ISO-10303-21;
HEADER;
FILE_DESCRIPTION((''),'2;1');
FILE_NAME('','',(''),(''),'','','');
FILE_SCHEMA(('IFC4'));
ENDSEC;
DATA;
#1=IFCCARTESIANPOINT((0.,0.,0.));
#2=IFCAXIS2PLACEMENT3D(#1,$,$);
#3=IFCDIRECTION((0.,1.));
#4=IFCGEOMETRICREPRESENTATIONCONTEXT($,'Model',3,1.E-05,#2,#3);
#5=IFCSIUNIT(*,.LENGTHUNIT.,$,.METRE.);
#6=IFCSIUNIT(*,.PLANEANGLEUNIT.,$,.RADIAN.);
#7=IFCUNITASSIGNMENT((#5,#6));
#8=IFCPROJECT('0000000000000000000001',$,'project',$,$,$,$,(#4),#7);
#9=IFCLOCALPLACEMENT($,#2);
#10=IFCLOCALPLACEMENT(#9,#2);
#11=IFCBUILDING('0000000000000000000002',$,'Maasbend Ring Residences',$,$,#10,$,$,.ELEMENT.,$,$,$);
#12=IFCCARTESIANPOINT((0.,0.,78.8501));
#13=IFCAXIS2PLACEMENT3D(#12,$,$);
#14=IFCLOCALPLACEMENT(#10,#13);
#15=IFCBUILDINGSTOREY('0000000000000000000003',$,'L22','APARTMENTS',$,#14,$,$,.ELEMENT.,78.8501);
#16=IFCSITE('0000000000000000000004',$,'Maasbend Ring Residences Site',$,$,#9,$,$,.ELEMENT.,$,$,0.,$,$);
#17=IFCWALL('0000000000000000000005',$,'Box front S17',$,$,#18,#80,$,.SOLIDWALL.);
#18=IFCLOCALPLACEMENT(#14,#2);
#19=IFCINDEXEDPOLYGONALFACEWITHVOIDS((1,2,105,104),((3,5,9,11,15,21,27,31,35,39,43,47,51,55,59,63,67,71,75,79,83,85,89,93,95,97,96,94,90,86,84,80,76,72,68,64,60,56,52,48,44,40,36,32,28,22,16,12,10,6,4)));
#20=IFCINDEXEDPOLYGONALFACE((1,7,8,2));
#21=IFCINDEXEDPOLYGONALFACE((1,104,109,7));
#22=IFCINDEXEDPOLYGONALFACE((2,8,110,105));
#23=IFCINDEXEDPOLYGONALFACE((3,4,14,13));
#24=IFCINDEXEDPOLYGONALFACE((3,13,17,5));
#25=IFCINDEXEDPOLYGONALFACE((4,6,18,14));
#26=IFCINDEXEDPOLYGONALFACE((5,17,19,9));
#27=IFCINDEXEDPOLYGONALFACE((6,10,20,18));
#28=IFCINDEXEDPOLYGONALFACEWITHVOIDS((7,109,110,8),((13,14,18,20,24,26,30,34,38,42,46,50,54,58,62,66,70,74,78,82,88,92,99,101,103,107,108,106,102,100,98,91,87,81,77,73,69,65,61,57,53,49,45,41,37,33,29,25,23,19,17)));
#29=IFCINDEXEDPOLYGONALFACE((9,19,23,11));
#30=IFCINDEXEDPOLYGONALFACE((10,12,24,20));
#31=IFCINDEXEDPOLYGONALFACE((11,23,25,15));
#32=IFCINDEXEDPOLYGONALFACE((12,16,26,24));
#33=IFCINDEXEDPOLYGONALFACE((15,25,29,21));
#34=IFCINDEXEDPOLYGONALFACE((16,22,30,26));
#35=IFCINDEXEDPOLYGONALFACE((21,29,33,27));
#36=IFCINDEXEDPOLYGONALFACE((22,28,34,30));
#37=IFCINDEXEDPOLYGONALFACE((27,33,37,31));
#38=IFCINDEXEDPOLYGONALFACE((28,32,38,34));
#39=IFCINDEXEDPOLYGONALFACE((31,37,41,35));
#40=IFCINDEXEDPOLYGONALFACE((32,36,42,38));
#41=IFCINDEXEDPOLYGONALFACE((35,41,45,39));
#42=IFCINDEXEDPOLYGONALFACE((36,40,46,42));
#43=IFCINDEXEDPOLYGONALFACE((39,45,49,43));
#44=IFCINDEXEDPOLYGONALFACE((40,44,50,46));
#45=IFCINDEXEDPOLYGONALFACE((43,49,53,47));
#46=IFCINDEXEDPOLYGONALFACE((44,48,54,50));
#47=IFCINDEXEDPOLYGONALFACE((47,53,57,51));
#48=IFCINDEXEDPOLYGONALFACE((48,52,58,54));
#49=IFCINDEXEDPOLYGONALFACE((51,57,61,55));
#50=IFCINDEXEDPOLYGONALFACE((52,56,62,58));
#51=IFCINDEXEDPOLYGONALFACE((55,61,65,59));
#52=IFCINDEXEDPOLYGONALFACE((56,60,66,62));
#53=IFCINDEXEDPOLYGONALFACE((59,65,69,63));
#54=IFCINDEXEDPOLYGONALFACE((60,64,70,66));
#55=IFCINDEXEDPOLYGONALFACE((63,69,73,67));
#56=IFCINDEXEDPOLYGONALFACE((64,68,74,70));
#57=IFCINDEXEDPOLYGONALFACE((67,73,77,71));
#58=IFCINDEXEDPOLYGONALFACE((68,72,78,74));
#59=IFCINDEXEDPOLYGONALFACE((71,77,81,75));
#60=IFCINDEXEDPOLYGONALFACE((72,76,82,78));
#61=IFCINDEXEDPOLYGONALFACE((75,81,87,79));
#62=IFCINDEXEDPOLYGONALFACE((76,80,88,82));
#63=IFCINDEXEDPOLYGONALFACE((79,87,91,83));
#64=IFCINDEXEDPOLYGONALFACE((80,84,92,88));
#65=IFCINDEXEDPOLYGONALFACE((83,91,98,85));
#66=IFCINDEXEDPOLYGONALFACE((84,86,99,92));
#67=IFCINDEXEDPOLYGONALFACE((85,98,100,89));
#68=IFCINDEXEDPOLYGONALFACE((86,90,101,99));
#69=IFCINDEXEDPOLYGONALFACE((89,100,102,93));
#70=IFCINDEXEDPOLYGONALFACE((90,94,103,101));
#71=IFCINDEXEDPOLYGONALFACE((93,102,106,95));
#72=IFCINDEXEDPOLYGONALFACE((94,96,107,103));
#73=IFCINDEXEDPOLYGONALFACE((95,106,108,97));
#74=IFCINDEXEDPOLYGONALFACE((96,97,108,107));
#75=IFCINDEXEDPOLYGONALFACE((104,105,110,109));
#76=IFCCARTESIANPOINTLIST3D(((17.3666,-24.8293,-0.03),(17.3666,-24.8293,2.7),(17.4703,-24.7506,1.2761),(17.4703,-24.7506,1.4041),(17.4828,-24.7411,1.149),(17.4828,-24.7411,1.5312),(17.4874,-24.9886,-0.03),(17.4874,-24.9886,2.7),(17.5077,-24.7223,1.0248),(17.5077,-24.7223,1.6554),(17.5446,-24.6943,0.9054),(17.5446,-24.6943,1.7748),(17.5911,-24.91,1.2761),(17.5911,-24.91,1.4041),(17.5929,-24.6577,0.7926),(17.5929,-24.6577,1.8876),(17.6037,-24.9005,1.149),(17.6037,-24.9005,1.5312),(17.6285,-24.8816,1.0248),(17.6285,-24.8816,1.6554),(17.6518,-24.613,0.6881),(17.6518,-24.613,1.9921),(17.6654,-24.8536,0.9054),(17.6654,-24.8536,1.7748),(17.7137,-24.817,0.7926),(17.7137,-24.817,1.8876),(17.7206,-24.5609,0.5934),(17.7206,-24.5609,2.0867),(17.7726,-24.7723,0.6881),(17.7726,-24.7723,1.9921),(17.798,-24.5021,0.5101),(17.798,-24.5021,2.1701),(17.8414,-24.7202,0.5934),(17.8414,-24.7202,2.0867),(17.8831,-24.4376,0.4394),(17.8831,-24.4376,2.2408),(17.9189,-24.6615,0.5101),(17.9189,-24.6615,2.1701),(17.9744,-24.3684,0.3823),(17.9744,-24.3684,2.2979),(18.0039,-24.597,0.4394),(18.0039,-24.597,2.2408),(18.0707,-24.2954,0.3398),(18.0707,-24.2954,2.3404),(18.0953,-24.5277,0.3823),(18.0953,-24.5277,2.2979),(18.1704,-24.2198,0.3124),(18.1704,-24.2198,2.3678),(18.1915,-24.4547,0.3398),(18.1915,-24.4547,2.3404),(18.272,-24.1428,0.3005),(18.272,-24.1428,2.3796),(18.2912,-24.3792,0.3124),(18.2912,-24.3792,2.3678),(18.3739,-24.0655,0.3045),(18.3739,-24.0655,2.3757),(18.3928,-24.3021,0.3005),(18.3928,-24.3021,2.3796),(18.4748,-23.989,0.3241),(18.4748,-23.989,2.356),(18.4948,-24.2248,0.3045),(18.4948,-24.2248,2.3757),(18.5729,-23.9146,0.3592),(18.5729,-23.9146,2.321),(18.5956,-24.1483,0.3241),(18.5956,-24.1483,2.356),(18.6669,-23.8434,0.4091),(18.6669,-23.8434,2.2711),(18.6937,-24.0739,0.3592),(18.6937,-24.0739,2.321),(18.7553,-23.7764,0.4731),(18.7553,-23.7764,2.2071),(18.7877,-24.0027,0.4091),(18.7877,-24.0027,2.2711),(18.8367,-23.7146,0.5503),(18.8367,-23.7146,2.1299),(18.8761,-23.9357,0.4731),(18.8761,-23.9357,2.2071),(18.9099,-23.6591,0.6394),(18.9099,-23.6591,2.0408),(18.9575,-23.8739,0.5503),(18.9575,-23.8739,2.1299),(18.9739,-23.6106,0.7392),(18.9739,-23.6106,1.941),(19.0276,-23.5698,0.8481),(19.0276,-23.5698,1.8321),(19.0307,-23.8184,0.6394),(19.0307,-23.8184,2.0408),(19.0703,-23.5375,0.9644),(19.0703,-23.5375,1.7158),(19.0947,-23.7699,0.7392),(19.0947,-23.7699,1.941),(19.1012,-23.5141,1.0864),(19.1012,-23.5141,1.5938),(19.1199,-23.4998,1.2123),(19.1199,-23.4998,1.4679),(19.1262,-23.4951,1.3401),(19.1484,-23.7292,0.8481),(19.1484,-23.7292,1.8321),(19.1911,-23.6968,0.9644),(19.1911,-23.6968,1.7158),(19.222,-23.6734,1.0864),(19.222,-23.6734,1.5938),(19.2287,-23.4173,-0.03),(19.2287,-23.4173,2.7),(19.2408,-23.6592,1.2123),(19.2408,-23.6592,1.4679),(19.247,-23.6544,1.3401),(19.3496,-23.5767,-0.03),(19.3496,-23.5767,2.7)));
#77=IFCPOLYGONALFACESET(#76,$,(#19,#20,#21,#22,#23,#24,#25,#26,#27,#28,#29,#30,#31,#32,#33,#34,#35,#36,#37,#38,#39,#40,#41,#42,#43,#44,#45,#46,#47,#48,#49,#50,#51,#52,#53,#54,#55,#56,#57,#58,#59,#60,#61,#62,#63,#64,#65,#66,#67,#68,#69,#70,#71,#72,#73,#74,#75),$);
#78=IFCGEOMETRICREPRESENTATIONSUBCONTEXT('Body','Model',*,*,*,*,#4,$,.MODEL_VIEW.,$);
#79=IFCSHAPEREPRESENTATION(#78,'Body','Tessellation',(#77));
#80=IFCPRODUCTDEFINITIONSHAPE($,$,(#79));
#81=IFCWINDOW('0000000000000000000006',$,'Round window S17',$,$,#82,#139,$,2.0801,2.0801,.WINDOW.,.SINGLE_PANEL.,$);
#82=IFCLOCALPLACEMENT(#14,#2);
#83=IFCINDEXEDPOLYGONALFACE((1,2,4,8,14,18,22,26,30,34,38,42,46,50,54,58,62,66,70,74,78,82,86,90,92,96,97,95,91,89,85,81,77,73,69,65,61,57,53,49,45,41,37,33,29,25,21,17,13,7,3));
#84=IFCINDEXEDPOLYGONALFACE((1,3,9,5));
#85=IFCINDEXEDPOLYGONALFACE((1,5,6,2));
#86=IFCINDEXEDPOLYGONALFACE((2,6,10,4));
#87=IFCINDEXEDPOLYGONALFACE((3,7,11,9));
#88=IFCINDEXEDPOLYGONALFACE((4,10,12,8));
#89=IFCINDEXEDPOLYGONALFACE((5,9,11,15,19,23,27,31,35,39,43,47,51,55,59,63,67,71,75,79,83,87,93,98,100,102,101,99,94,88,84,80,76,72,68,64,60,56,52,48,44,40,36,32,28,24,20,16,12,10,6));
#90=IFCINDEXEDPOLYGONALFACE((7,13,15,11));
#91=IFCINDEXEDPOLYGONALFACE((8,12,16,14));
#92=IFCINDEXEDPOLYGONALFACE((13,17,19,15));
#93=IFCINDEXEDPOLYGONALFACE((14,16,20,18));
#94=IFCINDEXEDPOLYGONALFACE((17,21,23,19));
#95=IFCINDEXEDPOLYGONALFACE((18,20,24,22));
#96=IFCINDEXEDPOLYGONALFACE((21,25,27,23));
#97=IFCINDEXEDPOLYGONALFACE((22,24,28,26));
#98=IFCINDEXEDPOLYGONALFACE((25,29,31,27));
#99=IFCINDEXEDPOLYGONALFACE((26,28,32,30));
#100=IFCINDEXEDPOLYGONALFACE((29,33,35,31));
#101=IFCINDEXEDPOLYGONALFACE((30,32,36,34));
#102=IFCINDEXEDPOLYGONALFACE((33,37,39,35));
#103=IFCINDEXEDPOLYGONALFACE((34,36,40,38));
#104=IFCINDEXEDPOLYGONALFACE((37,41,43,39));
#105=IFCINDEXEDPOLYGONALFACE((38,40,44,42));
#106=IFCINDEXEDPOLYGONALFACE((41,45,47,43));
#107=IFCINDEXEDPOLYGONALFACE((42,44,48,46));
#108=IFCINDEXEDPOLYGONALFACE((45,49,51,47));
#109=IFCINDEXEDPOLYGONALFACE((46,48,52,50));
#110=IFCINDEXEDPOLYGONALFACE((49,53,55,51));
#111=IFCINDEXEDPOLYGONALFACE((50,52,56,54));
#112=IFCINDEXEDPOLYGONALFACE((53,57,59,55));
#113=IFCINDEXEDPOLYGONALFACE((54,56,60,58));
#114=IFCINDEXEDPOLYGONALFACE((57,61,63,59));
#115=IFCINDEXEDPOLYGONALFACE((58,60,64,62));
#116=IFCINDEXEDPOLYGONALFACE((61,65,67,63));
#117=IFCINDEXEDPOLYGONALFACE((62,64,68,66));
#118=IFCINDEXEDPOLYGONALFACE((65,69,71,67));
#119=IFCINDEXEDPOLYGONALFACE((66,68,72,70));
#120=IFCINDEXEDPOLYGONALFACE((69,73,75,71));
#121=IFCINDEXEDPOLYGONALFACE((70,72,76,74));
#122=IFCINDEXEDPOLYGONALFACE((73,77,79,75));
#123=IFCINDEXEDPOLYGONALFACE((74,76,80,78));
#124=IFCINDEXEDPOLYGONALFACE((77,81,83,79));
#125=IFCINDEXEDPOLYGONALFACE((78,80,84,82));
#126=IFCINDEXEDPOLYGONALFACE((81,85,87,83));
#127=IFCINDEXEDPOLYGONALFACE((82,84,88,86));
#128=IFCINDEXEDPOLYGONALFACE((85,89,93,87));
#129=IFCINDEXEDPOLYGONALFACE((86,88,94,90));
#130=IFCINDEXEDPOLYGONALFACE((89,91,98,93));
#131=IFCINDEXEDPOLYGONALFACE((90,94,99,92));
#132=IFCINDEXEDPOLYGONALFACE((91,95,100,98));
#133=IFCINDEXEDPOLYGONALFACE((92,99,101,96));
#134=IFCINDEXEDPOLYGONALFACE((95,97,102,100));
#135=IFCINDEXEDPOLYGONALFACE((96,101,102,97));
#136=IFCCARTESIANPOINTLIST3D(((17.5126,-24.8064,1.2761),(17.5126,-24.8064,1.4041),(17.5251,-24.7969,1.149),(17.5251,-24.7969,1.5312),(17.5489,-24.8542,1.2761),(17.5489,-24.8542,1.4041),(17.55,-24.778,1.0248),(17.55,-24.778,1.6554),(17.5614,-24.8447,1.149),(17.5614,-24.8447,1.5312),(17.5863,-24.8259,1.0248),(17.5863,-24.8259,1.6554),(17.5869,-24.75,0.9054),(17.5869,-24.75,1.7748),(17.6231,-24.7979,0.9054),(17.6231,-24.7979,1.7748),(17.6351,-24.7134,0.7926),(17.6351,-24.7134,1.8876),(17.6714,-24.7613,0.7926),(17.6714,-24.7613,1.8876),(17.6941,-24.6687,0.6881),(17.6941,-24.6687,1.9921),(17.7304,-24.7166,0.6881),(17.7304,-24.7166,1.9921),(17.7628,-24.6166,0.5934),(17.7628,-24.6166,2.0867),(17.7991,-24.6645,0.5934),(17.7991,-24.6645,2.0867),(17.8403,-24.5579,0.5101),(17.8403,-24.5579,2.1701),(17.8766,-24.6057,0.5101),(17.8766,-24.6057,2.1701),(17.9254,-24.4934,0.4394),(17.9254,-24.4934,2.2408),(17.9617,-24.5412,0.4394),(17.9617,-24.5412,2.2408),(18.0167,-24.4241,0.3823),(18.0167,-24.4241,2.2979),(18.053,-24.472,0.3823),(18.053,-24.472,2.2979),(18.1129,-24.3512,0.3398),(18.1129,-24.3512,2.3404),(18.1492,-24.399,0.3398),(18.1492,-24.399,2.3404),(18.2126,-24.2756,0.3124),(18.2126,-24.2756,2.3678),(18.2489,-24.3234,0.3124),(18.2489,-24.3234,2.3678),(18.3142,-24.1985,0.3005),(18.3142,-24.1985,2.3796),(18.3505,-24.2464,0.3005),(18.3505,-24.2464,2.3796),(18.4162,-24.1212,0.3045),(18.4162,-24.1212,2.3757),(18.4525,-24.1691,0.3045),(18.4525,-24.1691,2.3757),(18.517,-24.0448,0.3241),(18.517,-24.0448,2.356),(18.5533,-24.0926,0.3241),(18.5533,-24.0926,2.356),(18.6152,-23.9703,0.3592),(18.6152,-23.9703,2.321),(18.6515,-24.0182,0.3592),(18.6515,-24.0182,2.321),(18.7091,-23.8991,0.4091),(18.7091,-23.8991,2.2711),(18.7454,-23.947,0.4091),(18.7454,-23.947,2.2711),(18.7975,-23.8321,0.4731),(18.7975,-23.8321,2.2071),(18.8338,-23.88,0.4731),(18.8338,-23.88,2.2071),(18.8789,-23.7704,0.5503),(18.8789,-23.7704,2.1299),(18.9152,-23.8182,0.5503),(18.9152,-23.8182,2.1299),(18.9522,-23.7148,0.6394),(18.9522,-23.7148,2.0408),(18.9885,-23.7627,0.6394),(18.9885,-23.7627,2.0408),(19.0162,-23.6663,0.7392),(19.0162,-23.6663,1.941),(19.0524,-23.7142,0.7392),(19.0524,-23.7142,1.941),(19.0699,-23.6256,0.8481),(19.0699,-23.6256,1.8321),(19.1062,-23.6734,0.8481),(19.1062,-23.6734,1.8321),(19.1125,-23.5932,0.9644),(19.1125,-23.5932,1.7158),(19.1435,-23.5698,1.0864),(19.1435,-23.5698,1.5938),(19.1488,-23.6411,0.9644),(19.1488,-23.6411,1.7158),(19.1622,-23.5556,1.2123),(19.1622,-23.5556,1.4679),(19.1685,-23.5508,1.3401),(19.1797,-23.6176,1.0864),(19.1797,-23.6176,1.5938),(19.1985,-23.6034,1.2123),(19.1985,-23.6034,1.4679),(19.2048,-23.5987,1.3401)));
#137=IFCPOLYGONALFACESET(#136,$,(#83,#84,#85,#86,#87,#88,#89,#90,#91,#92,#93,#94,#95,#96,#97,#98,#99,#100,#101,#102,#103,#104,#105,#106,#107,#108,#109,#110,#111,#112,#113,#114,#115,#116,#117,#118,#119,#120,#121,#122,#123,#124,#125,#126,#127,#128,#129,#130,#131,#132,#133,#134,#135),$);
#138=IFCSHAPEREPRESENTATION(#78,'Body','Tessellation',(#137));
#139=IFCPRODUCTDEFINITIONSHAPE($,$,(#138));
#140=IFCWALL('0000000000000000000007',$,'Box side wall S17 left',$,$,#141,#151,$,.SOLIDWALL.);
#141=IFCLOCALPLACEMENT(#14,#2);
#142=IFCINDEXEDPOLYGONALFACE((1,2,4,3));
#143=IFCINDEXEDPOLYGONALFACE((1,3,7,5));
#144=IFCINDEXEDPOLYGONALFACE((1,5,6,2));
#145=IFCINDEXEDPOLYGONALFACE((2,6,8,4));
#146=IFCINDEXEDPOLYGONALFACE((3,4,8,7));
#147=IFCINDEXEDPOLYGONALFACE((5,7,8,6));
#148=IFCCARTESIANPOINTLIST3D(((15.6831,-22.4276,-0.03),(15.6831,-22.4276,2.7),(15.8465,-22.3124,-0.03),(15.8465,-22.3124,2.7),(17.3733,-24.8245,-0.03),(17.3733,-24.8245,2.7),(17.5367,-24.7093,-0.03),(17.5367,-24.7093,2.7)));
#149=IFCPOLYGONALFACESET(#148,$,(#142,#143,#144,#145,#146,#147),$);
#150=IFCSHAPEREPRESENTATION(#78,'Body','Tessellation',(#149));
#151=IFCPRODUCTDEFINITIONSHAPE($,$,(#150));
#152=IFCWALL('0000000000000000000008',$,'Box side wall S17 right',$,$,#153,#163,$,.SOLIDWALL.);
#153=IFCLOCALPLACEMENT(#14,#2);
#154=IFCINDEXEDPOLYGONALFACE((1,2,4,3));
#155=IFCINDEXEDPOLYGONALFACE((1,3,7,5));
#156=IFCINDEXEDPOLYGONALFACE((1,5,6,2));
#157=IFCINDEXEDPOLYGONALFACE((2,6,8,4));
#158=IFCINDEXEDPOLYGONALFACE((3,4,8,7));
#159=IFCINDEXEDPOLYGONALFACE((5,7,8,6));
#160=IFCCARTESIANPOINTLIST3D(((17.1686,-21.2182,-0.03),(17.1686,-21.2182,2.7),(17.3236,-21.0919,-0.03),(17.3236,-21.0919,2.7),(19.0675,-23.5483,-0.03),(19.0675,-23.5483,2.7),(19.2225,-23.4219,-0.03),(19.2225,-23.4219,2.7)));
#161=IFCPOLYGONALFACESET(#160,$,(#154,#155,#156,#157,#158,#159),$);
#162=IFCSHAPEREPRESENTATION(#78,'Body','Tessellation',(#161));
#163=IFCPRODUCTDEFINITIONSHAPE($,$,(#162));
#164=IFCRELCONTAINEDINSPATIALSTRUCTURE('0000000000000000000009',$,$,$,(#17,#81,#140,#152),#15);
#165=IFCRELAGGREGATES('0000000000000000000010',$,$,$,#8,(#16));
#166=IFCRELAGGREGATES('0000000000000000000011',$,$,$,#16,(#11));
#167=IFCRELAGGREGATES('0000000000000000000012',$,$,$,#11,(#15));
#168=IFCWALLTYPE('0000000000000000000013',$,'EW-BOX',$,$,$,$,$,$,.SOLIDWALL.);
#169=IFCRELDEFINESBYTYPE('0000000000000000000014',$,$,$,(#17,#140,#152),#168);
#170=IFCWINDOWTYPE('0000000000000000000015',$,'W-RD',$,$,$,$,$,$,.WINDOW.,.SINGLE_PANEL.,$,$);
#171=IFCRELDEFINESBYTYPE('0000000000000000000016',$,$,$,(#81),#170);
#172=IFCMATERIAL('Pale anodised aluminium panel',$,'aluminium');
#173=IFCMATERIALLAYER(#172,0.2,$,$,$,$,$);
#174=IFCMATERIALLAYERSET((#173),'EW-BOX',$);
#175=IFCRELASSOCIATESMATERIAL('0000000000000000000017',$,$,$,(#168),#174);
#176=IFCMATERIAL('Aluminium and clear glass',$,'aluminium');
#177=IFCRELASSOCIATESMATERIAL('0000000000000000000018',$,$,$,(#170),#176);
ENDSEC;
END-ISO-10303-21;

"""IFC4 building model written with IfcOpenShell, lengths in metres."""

from ifc_helpers import new_model, si_unit, direction, frame, frame_2d, origin, place, context, subcontext, project, spatial, rectangle, circle, extrude, material, layer, layer_set, type_object, element, fill, save


model = new_model("IFC4")

# Units and contexts
model_context = context("Model", 3, precision=1e-05, world=origin(), true_north=direction((0.0, 1.0)))
body_context = subcontext(model_context, "Body", "Model", "MODEL_VIEW")
ifc_project = project(units=[si_unit("LENGTHUNIT", "METRE"), si_unit("PLANEANGLEUNIT", "RADIAN")], contexts=[model_context])

# Site, building, storey
site_placement = place(None, origin())
site = spatial("IfcSite", under=ifc_project, at=site_placement, Name="Maasbend Ring Residences Site", CompositionType="ELEMENT", RefElevation=0.0)
building_placement = place(site_placement, origin())
building = spatial("IfcBuilding", under=site, at=building_placement, Name="Maasbend Ring Residences", CompositionType="ELEMENT")
storey_placement = place(building_placement, frame((0.0, 0.0, 78.8501)))
storey = spatial("IfcBuildingStorey", under=building, at=storey_placement, Name="L22", Description="APARTMENTS", CompositionType="ELEMENT", Elevation=78.8501)

# Shared definitions
ifc_material_1 = material(Name="Pale anodised aluminium panel", Category="aluminium")
ifc_layer_1 = layer(ifc_material_1, 0.2)
ifc_layer_set_1 = layer_set([ifc_layer_1], Name="EW-BOX")
wall_type_1 = type_object("IfcWallType", Name="EW-BOX", PredefinedType="SOLIDWALL", material=ifc_layer_set_1)
ifc_material_2 = material(Name="Aluminium and clear glass", Category="aluminium")
window_type_1 = type_object("IfcWindowType", Name="W-RD", PartitioningType="SINGLE_PANEL", PredefinedType="WINDOW", material=ifc_material_2)

# Wall, opening, window
wall_1_placement = place(storey_placement, frame((17.427, -24.9089, -0.03), z_axis=(0.0, 0.0, 1.0), x_axis=(0.796842, 0.604188, 0.0)))
wall_1 = element("IfcWall", 1, at=wall_1_placement, inside=storey, type_object=wall_type_1, Name="Box front S17", PredefinedType="SOLIDWALL", context=body_context, shape_type="SweptSolid", body=[
    extrude(rectangle(XDim=2.3369, YDim=0.2, at=frame_2d((1.1685, 0.0))), origin(), (0.0, 0.0, 1.0), 2.73),
])
opening_1_placement = place(wall_1_placement, frame((0.1282, 0.0, 0.3301)))
opening_1 = element("IfcOpeningElement", 2, at=opening_1_placement, cuts=wall_1, PredefinedType="OPENING", context=body_context, shape_type="SweptSolid", body=[
    extrude(circle(Radius=1.04, at=frame_2d((1.04, 1.04))), frame((0.0, 0.1099, 0.0), z_axis=(0.0, -1.0, 0.0), x_axis=(1.0, 0.0, 0.0)), (0.0, 0.0, 1.0), 0.22),
])
window_1_placement = place(opening_1_placement, origin())
window_1 = element("IfcWindow", 3, at=window_1_placement, inside=storey, type_object=window_type_1, Name="Round window S17", OverallHeight=2.0801, OverallWidth=2.0801, PartitioningType="SINGLE_PANEL", PredefinedType="WINDOW", context=body_context, shape_type="SweptSolid", body=[
    extrude(circle(Radius=1.04, at=frame_2d((1.04, 1.04))), frame((0.0, 0.03, 0.0), z_axis=(0.0, -1.0, 0.0), x_axis=(1.0, 0.0, 0.0)), (0.0, 0.0, 1.0), 0.0601),
])
fill(opening_1, window_1)

# Walls
wall_2_placement = place(storey_placement, frame((15.7649, -22.3701, -0.03), z_axis=(0.0, 0.0, 1.0), x_axis=(0.576275, -0.817256, 0.0)))
element("IfcWall", 4, at=wall_2_placement, inside=storey, type_object=wall_type_1, Name="Box side wall S17 left", PredefinedType="SOLIDWALL", context=body_context, shape_type="SweptSolid", body=[
    extrude(rectangle(XDim=2.9329, YDim=0.2, at=frame_2d((1.4663, 0.0))), origin(), (0.0, 0.0, 1.0), 2.73),
])
wall_3_placement = place(storey_placement, frame((17.2461, -21.155, -0.03), z_axis=(0.0, 0.0, 1.0), x_axis=(0.631742, -0.775179, 0.0)))
element("IfcWall", 5, at=wall_3_placement, inside=storey, type_object=wall_type_1, Name="Box side wall S17 right", PredefinedType="SOLIDWALL", context=body_context, shape_type="SweptSolid", body=[
    extrude(rectangle(XDim=3.0059, YDim=0.2, at=frame_2d((1.5029, 0.0))), origin(), (0.0, 0.0, 1.0), 2.73),
])

save(model, "model.ifc")
